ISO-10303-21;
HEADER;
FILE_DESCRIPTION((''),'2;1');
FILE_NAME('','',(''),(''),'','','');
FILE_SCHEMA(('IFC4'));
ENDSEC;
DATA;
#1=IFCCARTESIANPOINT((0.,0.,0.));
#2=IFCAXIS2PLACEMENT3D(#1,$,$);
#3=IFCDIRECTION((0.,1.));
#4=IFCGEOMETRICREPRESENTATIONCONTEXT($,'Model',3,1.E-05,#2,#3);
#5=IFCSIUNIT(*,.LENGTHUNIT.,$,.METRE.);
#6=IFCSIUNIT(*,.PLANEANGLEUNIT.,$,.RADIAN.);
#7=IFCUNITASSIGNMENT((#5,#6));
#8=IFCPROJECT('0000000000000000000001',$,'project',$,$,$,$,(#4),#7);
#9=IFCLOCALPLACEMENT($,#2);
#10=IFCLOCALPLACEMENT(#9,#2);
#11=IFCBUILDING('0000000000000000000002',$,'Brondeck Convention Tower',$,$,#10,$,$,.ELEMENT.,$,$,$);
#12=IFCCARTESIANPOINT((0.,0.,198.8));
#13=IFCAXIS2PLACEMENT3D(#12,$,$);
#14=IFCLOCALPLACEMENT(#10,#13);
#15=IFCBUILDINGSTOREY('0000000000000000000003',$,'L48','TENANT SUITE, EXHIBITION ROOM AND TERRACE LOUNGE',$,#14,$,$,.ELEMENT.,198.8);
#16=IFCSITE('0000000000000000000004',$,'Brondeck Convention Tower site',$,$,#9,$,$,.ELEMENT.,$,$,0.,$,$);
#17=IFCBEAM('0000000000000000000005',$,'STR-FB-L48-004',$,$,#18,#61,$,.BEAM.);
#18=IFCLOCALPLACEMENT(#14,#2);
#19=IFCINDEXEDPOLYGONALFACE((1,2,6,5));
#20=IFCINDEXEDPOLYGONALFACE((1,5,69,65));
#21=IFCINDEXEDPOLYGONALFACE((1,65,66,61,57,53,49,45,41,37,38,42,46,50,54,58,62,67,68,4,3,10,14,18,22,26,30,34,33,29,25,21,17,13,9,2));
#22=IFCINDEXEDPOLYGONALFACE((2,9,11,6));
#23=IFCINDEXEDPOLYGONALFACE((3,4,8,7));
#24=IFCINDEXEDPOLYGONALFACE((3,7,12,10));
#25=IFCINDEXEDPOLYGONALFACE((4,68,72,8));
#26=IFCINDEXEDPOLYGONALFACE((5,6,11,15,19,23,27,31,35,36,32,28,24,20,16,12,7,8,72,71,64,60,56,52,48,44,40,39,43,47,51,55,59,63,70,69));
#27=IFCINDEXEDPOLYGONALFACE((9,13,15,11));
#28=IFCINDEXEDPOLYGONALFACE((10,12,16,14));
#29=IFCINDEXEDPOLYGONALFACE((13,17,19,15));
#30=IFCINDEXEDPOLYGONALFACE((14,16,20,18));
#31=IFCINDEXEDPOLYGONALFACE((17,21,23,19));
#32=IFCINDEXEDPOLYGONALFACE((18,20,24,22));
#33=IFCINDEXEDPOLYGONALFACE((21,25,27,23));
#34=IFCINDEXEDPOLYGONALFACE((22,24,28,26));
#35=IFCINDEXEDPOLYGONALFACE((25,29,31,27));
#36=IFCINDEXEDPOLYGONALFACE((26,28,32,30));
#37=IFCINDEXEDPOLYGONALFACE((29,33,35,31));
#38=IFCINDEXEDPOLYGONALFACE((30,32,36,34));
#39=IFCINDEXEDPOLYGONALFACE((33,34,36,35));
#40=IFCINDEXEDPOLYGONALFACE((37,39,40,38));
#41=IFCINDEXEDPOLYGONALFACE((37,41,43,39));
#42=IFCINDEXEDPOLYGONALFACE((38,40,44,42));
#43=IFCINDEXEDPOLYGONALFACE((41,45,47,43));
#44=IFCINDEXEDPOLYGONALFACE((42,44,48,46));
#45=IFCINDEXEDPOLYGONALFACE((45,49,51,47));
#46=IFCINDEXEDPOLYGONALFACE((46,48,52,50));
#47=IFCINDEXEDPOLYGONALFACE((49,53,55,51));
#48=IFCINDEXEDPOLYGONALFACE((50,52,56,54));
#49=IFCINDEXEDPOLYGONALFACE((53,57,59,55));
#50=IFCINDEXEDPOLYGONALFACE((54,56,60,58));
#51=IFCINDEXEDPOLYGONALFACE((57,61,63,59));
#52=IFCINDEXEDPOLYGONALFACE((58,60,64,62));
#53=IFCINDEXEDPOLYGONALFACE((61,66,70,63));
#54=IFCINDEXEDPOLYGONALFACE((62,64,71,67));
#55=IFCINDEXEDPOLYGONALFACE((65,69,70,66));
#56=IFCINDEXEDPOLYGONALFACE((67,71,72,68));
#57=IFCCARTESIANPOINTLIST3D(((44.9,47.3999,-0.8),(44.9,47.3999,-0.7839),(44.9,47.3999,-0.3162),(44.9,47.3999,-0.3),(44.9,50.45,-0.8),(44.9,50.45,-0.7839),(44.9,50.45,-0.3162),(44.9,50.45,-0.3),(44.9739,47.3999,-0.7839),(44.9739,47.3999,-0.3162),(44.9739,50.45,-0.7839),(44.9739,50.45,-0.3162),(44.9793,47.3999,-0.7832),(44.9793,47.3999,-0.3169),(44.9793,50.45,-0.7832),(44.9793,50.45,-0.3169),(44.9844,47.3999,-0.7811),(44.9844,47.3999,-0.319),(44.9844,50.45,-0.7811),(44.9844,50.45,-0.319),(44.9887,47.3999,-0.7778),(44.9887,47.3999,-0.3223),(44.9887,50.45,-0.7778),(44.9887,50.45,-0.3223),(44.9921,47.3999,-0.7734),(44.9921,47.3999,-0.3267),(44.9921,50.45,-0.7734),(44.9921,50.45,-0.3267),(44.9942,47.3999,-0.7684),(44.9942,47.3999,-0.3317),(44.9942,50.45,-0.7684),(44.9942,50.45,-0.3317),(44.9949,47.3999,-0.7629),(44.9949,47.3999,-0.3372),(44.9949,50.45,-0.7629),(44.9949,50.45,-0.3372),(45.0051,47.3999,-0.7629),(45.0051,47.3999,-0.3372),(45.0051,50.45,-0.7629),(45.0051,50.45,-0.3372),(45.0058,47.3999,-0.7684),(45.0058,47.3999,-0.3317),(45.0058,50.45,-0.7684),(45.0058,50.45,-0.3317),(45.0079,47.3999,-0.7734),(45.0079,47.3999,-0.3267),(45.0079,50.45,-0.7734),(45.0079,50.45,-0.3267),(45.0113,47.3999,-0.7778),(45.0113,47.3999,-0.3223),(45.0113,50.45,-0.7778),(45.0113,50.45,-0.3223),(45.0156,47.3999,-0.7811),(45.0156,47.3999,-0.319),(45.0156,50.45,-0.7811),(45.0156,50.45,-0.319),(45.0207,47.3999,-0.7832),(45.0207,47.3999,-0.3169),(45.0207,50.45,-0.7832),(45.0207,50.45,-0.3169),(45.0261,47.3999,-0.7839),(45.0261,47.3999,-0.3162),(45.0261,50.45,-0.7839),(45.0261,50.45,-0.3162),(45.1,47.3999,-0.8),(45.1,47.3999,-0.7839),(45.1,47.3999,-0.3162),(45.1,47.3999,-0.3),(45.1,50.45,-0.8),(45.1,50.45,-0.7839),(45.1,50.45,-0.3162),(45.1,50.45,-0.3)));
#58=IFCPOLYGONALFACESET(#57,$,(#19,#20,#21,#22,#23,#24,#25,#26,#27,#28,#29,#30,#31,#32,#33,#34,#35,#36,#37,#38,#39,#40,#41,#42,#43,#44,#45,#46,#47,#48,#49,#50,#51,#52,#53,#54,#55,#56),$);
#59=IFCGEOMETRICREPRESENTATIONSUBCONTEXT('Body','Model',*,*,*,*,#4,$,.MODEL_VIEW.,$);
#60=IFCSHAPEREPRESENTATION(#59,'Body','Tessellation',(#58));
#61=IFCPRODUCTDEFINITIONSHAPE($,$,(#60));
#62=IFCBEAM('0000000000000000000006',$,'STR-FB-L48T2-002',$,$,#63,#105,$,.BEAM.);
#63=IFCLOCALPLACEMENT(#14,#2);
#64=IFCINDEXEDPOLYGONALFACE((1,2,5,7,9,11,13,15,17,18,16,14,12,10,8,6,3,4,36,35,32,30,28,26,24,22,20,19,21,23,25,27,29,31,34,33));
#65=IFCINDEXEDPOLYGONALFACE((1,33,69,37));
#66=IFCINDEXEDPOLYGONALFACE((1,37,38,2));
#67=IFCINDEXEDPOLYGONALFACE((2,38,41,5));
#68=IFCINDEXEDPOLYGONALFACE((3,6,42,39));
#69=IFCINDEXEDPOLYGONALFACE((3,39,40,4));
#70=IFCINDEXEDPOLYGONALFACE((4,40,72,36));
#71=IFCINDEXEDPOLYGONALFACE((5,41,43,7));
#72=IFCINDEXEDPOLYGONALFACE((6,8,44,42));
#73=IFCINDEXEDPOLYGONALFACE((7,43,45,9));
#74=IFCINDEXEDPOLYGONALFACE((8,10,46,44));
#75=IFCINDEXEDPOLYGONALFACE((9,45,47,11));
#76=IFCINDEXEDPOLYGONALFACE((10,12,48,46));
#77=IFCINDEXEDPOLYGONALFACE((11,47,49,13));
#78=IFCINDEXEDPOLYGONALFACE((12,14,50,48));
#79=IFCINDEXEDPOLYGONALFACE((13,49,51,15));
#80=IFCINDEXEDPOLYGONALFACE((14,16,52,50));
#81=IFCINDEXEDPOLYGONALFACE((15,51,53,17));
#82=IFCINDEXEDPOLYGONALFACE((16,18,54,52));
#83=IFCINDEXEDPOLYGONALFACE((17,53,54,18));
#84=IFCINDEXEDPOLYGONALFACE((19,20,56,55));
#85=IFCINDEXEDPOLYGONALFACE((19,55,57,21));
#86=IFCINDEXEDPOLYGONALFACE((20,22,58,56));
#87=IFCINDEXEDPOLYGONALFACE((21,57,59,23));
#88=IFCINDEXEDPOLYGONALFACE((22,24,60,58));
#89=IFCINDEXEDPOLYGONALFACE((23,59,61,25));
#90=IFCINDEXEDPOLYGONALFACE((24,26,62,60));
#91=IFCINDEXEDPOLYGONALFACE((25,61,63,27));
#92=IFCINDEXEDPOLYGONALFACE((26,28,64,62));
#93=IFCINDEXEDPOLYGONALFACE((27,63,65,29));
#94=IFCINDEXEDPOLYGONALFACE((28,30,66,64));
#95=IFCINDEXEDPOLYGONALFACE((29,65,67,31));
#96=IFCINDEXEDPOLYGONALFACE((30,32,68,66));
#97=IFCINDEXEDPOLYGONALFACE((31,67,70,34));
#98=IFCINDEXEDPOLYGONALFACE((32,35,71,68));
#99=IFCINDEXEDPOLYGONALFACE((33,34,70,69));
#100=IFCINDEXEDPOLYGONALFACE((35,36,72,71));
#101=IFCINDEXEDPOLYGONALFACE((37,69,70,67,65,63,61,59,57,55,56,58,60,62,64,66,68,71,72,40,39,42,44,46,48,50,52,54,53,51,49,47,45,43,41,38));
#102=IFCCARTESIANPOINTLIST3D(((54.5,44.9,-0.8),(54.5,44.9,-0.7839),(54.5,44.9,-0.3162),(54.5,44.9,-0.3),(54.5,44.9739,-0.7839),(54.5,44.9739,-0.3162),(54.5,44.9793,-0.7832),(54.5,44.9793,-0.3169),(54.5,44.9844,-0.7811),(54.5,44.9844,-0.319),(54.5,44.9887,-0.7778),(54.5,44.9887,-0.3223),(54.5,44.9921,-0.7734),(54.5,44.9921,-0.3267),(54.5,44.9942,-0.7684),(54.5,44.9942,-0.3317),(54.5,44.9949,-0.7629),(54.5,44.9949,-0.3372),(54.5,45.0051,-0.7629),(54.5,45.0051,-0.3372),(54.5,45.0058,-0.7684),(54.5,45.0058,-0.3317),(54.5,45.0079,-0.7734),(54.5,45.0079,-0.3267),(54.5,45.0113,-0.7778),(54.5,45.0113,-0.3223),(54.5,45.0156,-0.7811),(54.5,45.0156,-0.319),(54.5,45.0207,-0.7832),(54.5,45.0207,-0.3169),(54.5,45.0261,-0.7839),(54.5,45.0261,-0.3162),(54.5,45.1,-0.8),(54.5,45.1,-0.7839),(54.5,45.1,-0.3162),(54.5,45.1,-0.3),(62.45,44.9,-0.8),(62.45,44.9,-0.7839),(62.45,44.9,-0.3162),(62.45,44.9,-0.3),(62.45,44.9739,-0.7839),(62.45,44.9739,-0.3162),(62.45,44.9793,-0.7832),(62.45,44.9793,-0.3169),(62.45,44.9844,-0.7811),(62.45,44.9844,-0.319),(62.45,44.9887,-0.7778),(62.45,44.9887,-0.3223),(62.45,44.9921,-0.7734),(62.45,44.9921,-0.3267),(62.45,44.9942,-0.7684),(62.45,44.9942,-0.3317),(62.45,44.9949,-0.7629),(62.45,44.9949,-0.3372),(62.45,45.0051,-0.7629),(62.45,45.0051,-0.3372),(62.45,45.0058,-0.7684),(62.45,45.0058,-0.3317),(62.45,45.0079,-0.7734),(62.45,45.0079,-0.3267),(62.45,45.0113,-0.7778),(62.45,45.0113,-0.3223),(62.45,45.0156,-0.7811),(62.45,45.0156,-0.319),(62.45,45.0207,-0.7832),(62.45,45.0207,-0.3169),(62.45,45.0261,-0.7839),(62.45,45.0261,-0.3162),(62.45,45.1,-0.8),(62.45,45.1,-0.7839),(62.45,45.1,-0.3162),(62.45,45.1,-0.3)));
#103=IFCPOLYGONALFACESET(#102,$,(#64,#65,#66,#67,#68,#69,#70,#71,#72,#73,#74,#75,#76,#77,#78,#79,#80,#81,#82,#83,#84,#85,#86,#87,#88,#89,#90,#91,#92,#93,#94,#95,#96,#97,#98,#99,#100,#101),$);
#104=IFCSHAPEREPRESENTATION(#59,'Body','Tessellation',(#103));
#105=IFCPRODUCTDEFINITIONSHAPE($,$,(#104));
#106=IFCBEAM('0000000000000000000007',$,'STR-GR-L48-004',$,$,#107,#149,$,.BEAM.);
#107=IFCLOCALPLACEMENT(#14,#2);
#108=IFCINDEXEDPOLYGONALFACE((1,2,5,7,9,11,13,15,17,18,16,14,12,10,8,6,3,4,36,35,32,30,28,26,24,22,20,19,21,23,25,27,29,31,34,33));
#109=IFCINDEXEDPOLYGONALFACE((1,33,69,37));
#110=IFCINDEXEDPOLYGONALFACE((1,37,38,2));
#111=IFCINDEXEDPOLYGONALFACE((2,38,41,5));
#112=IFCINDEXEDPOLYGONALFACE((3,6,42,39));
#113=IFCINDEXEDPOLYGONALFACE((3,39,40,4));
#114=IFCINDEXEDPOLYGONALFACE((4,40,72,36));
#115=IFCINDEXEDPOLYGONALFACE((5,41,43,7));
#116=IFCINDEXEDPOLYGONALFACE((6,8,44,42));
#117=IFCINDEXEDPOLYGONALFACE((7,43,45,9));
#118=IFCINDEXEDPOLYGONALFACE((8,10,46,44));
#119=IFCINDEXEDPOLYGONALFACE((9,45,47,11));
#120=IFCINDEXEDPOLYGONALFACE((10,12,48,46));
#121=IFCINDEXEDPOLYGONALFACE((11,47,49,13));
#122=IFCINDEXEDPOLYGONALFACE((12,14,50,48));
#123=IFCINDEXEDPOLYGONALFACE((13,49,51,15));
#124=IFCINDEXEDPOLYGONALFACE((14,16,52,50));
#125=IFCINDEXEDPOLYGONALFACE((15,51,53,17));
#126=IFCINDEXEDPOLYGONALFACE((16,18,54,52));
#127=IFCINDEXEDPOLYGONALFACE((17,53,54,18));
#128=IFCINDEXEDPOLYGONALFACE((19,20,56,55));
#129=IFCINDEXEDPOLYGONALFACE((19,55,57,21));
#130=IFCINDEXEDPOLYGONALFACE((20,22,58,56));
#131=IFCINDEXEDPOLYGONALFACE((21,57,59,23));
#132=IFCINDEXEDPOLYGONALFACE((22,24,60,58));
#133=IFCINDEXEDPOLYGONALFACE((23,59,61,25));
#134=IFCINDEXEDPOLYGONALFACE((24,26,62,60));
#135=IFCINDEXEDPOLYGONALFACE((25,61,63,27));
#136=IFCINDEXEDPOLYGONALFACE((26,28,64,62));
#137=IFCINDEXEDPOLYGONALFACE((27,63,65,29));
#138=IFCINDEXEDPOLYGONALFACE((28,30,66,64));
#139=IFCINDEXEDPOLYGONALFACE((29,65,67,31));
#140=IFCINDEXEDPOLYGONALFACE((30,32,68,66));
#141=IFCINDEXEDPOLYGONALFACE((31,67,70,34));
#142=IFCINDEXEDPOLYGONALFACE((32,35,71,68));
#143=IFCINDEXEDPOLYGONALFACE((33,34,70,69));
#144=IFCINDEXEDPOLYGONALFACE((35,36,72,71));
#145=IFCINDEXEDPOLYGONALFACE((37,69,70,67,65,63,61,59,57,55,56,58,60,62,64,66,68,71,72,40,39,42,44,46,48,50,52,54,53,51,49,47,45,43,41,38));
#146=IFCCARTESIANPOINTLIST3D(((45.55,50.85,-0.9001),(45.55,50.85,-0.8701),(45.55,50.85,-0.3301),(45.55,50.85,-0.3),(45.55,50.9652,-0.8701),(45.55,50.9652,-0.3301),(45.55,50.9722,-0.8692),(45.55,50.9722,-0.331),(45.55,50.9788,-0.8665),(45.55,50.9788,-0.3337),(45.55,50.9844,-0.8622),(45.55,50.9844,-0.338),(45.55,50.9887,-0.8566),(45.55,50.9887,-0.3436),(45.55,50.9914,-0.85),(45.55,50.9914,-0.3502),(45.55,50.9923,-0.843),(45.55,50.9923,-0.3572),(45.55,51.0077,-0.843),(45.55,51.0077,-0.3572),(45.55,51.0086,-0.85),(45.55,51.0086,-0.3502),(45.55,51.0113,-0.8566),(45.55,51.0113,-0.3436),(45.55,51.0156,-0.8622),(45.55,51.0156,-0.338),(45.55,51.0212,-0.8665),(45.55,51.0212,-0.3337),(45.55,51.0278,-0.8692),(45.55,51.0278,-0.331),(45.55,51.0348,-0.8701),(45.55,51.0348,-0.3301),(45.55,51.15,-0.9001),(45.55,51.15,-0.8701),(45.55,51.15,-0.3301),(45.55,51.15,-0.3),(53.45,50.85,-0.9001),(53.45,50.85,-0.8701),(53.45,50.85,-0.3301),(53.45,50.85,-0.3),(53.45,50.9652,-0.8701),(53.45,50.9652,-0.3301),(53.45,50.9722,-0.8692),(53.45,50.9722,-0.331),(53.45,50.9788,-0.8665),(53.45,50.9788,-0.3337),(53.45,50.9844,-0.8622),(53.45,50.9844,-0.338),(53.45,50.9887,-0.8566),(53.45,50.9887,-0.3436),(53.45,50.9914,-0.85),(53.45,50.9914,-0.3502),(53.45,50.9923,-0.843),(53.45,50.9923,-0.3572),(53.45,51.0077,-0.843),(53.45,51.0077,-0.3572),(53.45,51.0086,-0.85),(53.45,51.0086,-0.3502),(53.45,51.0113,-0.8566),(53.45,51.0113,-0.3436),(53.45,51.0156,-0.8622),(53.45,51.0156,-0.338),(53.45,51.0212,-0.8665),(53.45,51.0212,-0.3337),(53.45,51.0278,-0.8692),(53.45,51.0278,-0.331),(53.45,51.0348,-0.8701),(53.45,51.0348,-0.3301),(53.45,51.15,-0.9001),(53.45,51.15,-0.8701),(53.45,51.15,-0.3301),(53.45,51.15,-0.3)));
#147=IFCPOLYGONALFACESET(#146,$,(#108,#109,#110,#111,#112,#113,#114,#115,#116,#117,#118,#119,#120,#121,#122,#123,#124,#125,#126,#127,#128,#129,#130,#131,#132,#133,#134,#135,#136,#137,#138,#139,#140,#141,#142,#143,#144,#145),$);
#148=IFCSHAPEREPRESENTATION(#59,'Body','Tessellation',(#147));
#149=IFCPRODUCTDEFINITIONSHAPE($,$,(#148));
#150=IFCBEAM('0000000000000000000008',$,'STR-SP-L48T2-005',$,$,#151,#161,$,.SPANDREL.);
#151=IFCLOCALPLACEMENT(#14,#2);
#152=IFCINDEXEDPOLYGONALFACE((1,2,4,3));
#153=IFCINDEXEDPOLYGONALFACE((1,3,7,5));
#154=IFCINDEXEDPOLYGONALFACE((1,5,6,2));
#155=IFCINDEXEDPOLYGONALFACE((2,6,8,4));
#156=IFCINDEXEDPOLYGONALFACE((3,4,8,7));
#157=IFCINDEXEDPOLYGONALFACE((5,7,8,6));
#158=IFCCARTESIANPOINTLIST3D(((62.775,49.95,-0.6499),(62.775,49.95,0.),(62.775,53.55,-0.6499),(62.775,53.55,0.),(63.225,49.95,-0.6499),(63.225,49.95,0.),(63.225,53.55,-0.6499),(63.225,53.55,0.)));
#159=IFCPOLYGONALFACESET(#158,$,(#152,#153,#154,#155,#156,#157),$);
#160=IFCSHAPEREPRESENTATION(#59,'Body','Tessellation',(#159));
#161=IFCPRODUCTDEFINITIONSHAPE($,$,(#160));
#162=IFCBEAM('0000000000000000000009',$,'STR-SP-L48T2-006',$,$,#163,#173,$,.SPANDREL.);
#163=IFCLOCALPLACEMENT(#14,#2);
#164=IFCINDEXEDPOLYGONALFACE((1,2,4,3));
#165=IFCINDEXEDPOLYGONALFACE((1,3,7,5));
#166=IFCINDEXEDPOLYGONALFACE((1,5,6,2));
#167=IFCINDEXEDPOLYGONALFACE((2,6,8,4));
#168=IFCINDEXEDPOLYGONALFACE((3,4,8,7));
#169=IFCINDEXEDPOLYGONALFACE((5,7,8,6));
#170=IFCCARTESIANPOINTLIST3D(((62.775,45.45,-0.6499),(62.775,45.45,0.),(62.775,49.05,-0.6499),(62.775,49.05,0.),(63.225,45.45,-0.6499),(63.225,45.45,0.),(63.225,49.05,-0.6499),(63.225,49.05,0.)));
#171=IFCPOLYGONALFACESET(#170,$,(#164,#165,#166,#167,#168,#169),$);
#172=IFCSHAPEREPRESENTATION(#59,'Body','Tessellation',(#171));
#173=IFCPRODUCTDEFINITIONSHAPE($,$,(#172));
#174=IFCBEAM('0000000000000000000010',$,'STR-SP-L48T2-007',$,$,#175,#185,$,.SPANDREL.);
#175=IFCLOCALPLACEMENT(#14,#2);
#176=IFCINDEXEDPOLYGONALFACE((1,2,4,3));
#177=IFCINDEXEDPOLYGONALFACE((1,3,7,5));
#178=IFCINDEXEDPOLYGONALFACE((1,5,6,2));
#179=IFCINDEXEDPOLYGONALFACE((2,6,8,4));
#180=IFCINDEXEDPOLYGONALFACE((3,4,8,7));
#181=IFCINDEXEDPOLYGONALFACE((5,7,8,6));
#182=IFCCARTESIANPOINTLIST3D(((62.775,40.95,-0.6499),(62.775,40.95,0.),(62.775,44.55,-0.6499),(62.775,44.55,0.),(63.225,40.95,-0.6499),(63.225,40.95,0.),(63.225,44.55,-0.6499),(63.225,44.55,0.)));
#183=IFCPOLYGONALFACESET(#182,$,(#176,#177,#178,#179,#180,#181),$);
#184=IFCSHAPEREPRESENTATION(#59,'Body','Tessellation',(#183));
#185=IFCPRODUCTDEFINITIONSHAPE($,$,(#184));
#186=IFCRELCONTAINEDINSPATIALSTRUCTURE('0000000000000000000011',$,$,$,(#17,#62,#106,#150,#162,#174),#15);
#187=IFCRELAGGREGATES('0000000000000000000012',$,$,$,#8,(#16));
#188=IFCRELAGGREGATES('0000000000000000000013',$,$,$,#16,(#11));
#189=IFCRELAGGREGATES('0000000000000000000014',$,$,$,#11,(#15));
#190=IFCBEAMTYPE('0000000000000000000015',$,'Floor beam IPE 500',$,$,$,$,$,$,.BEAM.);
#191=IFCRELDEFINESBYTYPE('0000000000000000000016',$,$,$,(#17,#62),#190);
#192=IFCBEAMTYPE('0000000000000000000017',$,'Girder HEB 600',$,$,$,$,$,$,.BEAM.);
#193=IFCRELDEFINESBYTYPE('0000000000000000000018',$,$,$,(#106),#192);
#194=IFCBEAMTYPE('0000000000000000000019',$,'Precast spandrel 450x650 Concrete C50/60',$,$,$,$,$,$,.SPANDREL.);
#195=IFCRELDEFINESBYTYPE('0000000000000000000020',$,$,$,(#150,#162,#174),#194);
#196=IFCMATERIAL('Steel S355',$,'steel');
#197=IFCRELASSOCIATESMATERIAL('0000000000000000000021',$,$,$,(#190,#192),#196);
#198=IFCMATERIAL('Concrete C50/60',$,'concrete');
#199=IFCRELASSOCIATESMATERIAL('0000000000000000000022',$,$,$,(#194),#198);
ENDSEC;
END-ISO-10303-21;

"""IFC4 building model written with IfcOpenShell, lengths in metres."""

from ifc_helpers import new_model, si_unit, direction, frame, origin, origin_2d, place, context, subcontext, project, spatial, rectangle, i_section, extrude, material, material_profile, profile_set, type_object, element, save


model = new_model("IFC4")

# Units and contexts
model_context = context("Model", 3, precision=1e-05, world=origin(), true_north=direction((0.0, 1.0)))
body_context = subcontext(model_context, "Body", "Model", "MODEL_VIEW")
ifc_project = project(units=[si_unit("LENGTHUNIT", "METRE"), si_unit("PLANEANGLEUNIT", "RADIAN")], contexts=[model_context])

# Site, building, storey
site_placement = place(None, origin())
site = spatial("IfcSite", under=ifc_project, at=site_placement, Name="Brondeck Convention Tower site", CompositionType="ELEMENT", RefElevation=0.0)
building_placement = place(site_placement, origin())
building = spatial("IfcBuilding", under=site, at=building_placement, Name="Brondeck Convention Tower", CompositionType="ELEMENT")
storey_placement = place(building_placement, frame((0.0, 0.0, 198.8)))
storey = spatial("IfcBuildingStorey", under=building, at=storey_placement, Name="L48", Description="TENANT SUITE, EXHIBITION ROOM AND TERRACE LOUNGE", CompositionType="ELEMENT", Elevation=198.8)

# Shared definitions
ifc_material_1 = material(Name="Concrete C50/60", Category="concrete")

# Beams
ifc_material_2 = material(Name="Steel S355", Category="steel")
ifc_material_profile_1 = material_profile(ifc_material_2, i_section(OverallWidth=0.2, OverallDepth=0.5, WebThickness=0.0103, FlangeThickness=0.0161, FilletRadius=0.021, at=origin_2d()), Name="IPE 500")
ifc_profile_set_1 = profile_set([ifc_material_profile_1], Name="Steel S355")
beam_type_1 = type_object("IfcBeamType", Name="Floor beam IPE 500", PredefinedType="BEAM", material=ifc_profile_set_1)
beam_1_placement = place(storey_placement, frame((45.0, 47.3999, -0.55), z_axis=(0.0, 1.0, 0.0), x_axis=(-1.0, 0.0, 0.0)))
element("IfcBeam", 1, at=beam_1_placement, inside=storey, type_object=beam_type_1, Name="STR-FB-L48-004", PredefinedType="BEAM", context=body_context, shape_type="SweptSolid", body=[
    extrude(i_section(OverallWidth=0.2, OverallDepth=0.5, WebThickness=0.0103, FlangeThickness=0.0161, FilletRadius=0.021, at=origin_2d()), origin(), (0.0, 0.0, 1.0), 3.05),
])
beam_2_placement = place(storey_placement, frame((54.5, 45.0, -0.55), z_axis=(1.0, 0.0, 0.0), x_axis=(0.0, 1.0, 0.0)))
element("IfcBeam", 2, at=beam_2_placement, inside=storey, type_object=beam_type_1, Name="STR-FB-L48T2-002", PredefinedType="BEAM", context=body_context, shape_type="SweptSolid", body=[
    extrude(i_section(OverallWidth=0.2, OverallDepth=0.5, WebThickness=0.0103, FlangeThickness=0.0161, FilletRadius=0.021, at=origin_2d()), origin(), (0.0, 0.0, 1.0), 7.95),
])
ifc_material_profile_2 = material_profile(ifc_material_2, i_section(OverallWidth=0.3, OverallDepth=0.6001, WebThickness=0.0154, FlangeThickness=0.03, FilletRadius=0.0271, at=origin_2d()), Name="HEB 600")
ifc_profile_set_2 = profile_set([ifc_material_profile_2], Name="Steel S355")
beam_type_2 = type_object("IfcBeamType", Name="Girder HEB 600", PredefinedType="BEAM", material=ifc_profile_set_2)
beam_3_placement = place(storey_placement, frame((45.55, 51.0, -0.6001), z_axis=(1.0, 0.0, 0.0), x_axis=(0.0, 1.0, 0.0)))
element("IfcBeam", 3, at=beam_3_placement, inside=storey, type_object=beam_type_2, Name="STR-GR-L48-004", PredefinedType="BEAM", context=body_context, shape_type="SweptSolid", body=[
    extrude(i_section(OverallWidth=0.3, OverallDepth=0.6001, WebThickness=0.0154, FlangeThickness=0.03, FilletRadius=0.0271, at=origin_2d()), origin(), (0.0, 0.0, 1.0), 7.8999),
])
ifc_material_profile_3 = material_profile(ifc_material_1, rectangle(XDim=0.45, YDim=0.6499, at=origin_2d()), Name="Precast spandrel 450x650 Concrete C50/60")
ifc_profile_set_3 = profile_set([ifc_material_profile_3], Name="Concrete C50/60")
beam_type_3 = type_object("IfcBeamType", Name="Precast spandrel 450x650 Concrete C50/60", PredefinedType="SPANDREL", material=ifc_profile_set_3)
for number, where, z_axis, x_axis, name in (
    (4, (63.0, 53.55, -0.325), (0.0, -1.0, 0.0), (1.0, 0.0, 0.0), "STR-SP-L48T2-005"),
    (5, (63.0, 49.05, -0.325), (0.0, -1.0, 0.0), (1.0, 0.0, 0.0), "STR-SP-L48T2-006"),
    (6, (63.0, 44.55, -0.325), (0.0, -1.0, 0.0), (1.0, 0.0, 0.0), "STR-SP-L48T2-007"),
):
    element("IfcBeam", number, at=place(storey_placement, frame(where, z_axis=z_axis, x_axis=x_axis)), inside=storey, type_object=beam_type_3, Name=name, PredefinedType="SPANDREL", context=body_context, shape_type="SweptSolid", body=[
        extrude(rectangle(XDim=0.45, YDim=0.6499, at=origin_2d()), origin(), (0.0, 0.0, 1.0), 3.6001),
    ])

save(model, "model.ifc")
